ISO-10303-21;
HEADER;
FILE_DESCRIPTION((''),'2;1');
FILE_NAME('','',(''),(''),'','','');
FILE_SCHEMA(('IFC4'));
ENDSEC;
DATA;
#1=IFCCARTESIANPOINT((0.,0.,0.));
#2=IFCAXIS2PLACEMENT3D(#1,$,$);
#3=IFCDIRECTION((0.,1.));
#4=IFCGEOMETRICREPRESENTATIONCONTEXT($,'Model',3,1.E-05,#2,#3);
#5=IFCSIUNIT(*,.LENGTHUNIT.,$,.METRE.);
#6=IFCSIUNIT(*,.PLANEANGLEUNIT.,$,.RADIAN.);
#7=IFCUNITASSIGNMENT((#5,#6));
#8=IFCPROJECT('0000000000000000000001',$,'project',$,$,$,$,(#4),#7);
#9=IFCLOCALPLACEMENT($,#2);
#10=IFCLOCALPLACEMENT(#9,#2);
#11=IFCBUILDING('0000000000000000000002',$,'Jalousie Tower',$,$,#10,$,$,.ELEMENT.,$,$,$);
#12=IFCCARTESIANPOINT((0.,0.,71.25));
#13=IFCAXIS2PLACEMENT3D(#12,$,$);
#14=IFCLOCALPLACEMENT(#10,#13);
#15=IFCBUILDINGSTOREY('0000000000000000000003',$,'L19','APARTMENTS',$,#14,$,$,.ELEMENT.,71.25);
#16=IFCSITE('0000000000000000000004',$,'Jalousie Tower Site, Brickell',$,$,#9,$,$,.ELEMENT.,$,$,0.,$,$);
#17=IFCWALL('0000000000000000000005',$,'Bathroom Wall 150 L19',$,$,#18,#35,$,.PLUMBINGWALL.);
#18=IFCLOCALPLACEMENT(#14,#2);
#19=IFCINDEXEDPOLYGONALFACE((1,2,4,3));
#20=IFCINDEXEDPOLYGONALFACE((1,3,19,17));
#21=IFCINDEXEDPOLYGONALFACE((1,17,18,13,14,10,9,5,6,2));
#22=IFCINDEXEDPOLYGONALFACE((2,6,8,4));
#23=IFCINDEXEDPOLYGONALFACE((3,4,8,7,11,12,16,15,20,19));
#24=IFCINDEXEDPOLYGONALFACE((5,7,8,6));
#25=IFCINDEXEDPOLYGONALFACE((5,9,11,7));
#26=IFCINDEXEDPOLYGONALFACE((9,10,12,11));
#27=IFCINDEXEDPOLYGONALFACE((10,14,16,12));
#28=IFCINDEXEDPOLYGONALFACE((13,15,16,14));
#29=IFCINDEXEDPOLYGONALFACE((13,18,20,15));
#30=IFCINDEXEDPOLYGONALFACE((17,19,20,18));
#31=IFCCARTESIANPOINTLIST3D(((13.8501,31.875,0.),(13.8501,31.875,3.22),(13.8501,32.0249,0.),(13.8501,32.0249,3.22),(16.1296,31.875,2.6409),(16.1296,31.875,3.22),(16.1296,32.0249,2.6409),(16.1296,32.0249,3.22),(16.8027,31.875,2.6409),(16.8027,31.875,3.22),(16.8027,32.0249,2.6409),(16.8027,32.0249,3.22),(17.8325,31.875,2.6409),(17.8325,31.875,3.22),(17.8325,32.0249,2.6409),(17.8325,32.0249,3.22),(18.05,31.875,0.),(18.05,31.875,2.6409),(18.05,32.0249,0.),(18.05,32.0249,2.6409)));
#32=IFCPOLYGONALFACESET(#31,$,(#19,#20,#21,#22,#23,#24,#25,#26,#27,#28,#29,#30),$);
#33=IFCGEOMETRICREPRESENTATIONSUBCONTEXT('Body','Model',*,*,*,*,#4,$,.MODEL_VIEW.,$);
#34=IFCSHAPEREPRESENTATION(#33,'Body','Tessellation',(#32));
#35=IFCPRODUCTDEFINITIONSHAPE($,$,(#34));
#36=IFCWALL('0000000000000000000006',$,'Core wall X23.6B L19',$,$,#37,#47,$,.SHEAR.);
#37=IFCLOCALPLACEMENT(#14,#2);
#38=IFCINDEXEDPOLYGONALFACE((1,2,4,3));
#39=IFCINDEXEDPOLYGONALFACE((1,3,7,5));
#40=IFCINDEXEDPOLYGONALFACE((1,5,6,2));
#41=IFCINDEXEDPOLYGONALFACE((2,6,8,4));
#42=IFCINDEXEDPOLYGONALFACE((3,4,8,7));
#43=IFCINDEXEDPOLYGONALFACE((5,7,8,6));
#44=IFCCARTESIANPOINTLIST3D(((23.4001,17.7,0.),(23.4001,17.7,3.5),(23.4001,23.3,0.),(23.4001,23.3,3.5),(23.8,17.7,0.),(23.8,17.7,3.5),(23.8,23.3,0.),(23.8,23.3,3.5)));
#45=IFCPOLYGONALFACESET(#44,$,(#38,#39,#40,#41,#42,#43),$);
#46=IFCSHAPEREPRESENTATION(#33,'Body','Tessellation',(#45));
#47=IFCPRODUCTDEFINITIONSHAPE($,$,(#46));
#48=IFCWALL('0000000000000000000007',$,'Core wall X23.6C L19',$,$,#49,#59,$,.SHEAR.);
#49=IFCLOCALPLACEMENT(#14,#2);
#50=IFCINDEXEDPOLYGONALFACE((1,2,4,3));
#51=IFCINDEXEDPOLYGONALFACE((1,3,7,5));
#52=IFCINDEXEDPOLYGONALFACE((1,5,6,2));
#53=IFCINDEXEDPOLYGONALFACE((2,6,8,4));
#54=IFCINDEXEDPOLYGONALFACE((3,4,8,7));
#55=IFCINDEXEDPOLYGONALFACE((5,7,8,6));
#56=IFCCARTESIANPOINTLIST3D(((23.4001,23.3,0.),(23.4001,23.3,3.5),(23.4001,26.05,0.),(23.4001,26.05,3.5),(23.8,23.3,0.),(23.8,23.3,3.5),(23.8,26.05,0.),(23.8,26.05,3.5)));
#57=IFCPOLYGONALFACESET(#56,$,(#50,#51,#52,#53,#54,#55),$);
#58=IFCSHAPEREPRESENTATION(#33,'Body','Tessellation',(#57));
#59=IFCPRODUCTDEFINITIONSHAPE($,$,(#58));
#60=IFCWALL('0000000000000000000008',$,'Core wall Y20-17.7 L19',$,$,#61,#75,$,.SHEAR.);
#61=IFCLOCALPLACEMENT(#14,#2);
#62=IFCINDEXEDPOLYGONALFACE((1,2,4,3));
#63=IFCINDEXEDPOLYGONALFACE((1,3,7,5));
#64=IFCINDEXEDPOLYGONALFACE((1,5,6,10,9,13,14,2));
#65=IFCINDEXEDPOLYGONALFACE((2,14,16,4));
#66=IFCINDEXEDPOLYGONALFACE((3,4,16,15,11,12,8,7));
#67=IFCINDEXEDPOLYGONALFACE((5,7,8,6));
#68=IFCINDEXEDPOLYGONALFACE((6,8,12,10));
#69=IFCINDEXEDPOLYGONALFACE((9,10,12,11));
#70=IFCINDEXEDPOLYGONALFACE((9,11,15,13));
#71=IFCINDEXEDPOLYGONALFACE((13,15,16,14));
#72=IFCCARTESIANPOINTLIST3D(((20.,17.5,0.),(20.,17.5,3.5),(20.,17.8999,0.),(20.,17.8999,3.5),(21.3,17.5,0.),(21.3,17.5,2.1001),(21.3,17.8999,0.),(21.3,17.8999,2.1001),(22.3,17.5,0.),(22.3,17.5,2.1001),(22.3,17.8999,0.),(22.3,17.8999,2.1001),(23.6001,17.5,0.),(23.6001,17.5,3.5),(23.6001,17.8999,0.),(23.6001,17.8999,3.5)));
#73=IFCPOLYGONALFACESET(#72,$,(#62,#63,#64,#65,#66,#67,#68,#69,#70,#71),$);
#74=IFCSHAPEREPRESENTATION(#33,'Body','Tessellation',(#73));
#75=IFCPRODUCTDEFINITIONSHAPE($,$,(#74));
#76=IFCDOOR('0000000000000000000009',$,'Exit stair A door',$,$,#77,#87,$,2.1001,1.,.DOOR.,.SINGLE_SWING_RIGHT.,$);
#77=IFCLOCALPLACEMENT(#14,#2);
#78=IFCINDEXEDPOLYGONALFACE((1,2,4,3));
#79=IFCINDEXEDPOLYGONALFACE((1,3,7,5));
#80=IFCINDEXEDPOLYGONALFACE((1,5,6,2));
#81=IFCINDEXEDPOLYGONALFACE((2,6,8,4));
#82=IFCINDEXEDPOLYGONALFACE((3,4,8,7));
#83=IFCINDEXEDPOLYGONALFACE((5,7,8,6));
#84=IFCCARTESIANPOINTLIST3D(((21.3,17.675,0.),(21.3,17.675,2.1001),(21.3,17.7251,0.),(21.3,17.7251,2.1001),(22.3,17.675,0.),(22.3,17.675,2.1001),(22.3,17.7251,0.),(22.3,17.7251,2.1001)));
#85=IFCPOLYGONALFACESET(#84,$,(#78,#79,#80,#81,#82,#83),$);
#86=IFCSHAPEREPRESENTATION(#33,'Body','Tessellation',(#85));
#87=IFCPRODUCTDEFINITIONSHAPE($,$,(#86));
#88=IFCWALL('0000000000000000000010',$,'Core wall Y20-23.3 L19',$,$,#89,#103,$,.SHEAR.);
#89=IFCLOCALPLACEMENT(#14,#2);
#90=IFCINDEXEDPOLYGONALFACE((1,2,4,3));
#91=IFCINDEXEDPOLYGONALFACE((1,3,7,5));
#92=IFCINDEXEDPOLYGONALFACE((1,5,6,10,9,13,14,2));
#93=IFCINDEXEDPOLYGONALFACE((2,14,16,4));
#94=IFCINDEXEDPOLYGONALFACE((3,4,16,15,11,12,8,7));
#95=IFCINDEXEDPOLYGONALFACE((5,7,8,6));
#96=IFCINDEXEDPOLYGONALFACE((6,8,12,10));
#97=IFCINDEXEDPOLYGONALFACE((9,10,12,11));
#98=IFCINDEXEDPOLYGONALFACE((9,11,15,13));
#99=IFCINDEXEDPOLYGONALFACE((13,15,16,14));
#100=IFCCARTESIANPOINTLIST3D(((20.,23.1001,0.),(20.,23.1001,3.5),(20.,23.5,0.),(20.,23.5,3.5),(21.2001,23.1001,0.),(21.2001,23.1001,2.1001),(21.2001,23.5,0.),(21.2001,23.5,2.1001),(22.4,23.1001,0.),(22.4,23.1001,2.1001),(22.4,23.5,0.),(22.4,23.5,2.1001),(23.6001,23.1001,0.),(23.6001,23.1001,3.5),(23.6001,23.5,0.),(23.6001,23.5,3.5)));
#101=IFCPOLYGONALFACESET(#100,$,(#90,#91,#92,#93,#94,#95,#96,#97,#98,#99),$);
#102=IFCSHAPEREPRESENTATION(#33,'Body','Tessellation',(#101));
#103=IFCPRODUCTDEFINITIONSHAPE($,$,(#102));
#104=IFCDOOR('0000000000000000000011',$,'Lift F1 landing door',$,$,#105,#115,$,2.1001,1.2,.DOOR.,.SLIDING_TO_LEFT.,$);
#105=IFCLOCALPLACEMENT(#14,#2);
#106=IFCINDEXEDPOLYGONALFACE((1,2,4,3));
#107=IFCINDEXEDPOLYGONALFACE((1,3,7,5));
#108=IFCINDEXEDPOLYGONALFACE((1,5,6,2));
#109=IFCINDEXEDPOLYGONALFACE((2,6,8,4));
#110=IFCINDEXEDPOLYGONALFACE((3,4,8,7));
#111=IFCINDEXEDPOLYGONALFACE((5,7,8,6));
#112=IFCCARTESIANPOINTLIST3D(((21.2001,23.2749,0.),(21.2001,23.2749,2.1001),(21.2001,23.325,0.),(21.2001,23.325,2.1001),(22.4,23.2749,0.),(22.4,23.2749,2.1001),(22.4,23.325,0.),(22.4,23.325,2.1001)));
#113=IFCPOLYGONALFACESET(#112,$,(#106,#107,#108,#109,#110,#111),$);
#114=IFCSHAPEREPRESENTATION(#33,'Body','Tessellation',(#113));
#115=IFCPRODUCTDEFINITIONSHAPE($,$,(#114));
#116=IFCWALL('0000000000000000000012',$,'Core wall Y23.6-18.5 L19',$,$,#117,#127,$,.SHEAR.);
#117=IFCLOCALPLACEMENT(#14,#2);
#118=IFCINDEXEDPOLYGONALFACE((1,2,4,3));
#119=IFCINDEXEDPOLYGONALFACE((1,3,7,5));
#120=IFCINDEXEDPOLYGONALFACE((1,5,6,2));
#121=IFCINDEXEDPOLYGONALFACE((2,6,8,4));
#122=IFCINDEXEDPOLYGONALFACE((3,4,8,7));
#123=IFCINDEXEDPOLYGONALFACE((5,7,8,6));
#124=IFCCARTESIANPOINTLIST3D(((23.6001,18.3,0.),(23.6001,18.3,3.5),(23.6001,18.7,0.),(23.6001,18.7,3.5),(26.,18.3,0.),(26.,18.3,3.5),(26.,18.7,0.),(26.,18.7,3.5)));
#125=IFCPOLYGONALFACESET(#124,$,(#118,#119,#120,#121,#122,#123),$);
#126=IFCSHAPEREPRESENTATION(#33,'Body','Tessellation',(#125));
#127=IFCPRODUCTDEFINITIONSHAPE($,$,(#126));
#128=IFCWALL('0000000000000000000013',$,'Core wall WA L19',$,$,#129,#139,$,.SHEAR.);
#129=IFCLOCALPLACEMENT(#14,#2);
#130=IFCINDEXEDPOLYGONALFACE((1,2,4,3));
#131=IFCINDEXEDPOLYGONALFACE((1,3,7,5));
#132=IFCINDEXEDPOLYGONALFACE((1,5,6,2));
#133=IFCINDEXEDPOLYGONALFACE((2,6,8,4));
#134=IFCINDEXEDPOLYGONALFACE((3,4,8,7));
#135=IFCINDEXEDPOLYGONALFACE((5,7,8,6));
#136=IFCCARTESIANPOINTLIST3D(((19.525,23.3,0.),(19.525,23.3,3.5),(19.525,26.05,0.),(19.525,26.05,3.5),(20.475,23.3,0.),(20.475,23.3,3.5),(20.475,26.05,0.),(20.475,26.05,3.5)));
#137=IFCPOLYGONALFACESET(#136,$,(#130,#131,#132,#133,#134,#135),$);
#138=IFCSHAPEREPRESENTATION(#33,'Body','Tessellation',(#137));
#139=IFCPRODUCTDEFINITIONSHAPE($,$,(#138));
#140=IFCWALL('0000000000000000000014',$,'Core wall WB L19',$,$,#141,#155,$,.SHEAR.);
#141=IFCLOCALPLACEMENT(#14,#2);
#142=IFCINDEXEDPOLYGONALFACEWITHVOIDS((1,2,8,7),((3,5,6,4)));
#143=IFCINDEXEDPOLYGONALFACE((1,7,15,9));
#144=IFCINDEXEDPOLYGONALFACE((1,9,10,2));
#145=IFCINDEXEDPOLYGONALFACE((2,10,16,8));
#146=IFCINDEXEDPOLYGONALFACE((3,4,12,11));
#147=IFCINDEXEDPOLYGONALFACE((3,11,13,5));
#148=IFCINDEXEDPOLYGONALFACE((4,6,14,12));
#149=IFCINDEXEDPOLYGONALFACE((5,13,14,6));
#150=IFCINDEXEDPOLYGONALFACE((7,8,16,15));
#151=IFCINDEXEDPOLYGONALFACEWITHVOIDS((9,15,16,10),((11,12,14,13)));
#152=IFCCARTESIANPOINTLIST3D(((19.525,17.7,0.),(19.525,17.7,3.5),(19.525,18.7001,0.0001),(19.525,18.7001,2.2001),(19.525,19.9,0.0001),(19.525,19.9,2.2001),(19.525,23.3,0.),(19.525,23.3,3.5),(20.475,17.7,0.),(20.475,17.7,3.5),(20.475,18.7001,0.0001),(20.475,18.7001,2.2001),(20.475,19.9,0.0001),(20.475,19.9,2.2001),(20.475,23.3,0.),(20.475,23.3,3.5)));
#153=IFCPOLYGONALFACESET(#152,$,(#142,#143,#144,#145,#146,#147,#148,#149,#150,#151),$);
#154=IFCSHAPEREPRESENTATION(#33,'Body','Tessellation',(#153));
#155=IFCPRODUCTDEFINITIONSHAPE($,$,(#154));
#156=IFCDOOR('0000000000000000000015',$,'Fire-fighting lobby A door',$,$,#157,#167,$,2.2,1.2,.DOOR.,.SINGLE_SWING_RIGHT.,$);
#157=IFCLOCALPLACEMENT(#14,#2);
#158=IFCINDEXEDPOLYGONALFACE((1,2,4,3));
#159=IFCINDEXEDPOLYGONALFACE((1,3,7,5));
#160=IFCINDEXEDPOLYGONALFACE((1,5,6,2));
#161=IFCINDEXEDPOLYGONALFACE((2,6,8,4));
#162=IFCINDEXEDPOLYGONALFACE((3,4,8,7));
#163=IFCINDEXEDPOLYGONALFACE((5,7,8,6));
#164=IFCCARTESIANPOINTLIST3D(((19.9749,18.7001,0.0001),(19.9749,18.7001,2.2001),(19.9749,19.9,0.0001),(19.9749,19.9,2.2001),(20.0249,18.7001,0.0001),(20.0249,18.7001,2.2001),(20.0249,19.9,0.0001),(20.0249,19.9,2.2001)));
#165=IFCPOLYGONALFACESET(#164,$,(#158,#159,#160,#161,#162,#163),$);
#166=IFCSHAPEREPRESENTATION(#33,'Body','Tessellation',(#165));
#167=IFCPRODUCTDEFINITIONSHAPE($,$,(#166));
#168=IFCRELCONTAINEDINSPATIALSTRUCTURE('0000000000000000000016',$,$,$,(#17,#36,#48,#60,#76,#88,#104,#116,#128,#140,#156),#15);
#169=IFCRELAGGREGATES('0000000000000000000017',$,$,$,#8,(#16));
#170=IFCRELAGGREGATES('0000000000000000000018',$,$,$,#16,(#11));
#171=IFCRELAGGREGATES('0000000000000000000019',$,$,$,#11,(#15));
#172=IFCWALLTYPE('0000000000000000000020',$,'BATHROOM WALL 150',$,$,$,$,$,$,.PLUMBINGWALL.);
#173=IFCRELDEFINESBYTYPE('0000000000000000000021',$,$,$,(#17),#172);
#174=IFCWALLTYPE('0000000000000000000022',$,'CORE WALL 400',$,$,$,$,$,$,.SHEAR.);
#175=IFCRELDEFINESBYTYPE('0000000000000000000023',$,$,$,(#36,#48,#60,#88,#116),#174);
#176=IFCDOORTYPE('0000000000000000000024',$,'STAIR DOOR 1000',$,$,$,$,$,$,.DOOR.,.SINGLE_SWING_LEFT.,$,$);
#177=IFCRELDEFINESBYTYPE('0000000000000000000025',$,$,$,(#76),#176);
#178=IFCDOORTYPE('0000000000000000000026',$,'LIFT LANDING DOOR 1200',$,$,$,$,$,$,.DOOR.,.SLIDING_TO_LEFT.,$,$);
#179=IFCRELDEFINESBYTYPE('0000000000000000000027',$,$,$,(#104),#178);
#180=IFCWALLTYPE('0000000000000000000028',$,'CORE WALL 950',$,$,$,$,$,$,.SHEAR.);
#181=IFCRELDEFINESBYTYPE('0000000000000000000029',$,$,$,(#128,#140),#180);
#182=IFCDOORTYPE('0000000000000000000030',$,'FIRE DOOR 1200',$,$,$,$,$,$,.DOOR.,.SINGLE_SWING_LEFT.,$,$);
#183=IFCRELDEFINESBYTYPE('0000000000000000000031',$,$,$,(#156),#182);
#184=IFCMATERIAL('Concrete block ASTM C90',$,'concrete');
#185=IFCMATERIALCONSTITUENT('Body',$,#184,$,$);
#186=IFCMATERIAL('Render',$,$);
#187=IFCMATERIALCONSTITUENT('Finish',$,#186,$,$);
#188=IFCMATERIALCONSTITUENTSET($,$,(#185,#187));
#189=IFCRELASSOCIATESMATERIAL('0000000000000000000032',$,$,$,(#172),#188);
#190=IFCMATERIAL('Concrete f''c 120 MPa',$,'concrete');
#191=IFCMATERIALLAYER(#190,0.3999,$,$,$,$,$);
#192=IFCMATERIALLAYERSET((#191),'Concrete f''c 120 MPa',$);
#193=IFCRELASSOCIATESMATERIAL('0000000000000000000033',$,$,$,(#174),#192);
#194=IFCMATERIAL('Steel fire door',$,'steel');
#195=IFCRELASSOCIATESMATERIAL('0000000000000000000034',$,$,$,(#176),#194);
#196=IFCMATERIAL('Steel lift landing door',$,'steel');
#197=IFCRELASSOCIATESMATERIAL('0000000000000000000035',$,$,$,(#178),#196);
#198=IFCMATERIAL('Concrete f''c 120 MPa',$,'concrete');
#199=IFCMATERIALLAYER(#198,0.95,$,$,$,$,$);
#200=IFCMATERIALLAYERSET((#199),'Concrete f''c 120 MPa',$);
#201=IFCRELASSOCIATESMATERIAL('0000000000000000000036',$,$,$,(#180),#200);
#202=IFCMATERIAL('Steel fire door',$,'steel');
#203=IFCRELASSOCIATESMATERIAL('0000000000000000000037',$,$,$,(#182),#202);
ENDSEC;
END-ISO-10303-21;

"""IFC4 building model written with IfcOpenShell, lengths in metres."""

from ifc_helpers import new_model, si_unit, direction, frame, frame_2d, origin, place, context, subcontext, project, spatial, polyline, rectangle, outline, extrude, material, layer, layer_set, constituent, constituent_set, type_object, element, fill, save


model = new_model("IFC4")

# Units and contexts
model_context = context("Model", 3, precision=1e-05, world=origin(), true_north=direction((0.0, 1.0)))
body_context = subcontext(model_context, "Body", "Model", "MODEL_VIEW")
ifc_project = project(units=[si_unit("LENGTHUNIT", "METRE"), si_unit("PLANEANGLEUNIT", "RADIAN")], contexts=[model_context])

# Site, building, storey
site_placement = place(None, origin())
site = spatial("IfcSite", under=ifc_project, at=site_placement, Name="Jalousie Tower Site, Brickell", CompositionType="ELEMENT", RefElevation=0.0)
building_placement = place(site_placement, origin())
building = spatial("IfcBuilding", under=site, at=building_placement, Name="Jalousie Tower", CompositionType="ELEMENT")
storey_placement = place(building_placement, frame((0.0, 0.0, 71.25)))
storey = spatial("IfcBuildingStorey", under=building, at=storey_placement, Name="L19", Description="APARTMENTS", CompositionType="ELEMENT", Elevation=71.25)

# Walls
ifc_material_1 = material(Name="Concrete block ASTM C90", Category="concrete")
ifc_constituent_1 = constituent(ifc_material_1, Name="Body")
ifc_material_2 = material(Name="Render")
ifc_constituent_2 = constituent(ifc_material_2, Name="Finish")
ifc_constituent_set_1 = constituent_set(constituents=[ifc_constituent_1, ifc_constituent_2])
wall_type_1 = type_object("IfcWallType", Name="BATHROOM WALL 150", PredefinedType="PLUMBINGWALL", material=ifc_constituent_set_1)
wall_1_placement = place(storey_placement, frame((13.8501, 31.95, 0.0), z_axis=(0.0, 0.0, 1.0), x_axis=(1.0, 0.0, 0.0)))
element("IfcWall", 1, at=wall_1_placement, inside=storey, type_object=wall_type_1, Name="Bathroom Wall 150 L19", PredefinedType="PLUMBINGWALL", context=body_context, shape_type="SweptSolid", body=[
    extrude(outline(polyline([(0.0, 0.0), (4.2, 0.0), (4.2, 2.6409), (3.9824, 2.6409), (3.9824, 3.22), (2.9526, 3.22), (2.9526, 2.6409), (2.2795, 2.6409), (2.2795, 3.22), (0.0, 3.22), (0.0, 0.0)])), frame((0.0, 0.075, 0.0), z_axis=(0.0, -1.0, 0.0), x_axis=(1.0, 0.0, 0.0)), (0.0, 0.0, 1.0), 0.1499),
])
ifc_material_3 = material(Name="Concrete f'c 120 MPa", Category="concrete")
ifc_layer_1 = layer(ifc_material_3, 0.3999)
ifc_layer_set_1 = layer_set([ifc_layer_1], Name="Concrete f'c 120 MPa")
wall_type_2 = type_object("IfcWallType", Name="CORE WALL 400", PredefinedType="SHEAR", material=ifc_layer_set_1)
wall_2_placement = place(storey_placement, frame((23.6001, 17.7, 0.0), z_axis=(0.0, 0.0, 1.0), x_axis=(0.0, 1.0, 0.0)))
element("IfcWall", 2, at=wall_2_placement, inside=storey, type_object=wall_type_2, Name="Core wall X23.6B L19", PredefinedType="SHEAR", context=body_context, shape_type="SweptSolid", body=[
    extrude(rectangle(XDim=5.6001, YDim=0.3999, at=frame_2d((2.8, 0.0))), origin(), (0.0, 0.0, 1.0), 3.5),
])
wall_3_placement = place(storey_placement, frame((23.6001, 23.3, 0.0), z_axis=(0.0, 0.0, 1.0), x_axis=(0.0, 1.0, 0.0)))
element("IfcWall", 3, at=wall_3_placement, inside=storey, type_object=wall_type_2, Name="Core wall X23.6C L19", PredefinedType="SHEAR", context=body_context, shape_type="SweptSolid", body=[
    extrude(rectangle(XDim=2.75, YDim=0.3999, at=frame_2d((1.375, 0.0))), origin(), (0.0, 0.0, 1.0), 3.5),
])

# Walls, openings, doors
wall_4_placement = place(storey_placement, frame((20.0, 17.7, 0.0), z_axis=(0.0, 0.0, 1.0), x_axis=(1.0, 0.0, 0.0)))
wall_4 = element("IfcWall", 4, at=wall_4_placement, inside=storey, type_object=wall_type_2, Name="Core wall Y20-17.7 L19", PredefinedType="SHEAR", context=body_context, shape_type="SweptSolid", body=[
    extrude(rectangle(XDim=3.6001, YDim=0.3999, at=frame_2d((1.8, 0.0))), origin(), (0.0, 0.0, 1.0), 3.5),
])
opening_1_placement = place(wall_4_placement, frame((1.3, 0.0, 0.0)))
opening_1 = element("IfcOpeningElement", 5, at=opening_1_placement, cuts=wall_4, PredefinedType="OPENING", context=body_context, shape_type="SweptSolid", body=[
    extrude(rectangle(XDim=1.0, YDim=2.1001, at=frame_2d((0.5, 1.05))), frame((0.0, 0.21, 0.0), z_axis=(0.0, -1.0, 0.0), x_axis=(1.0, 0.0, 0.0)), (0.0, 0.0, 1.0), 0.4199),
])
ifc_material_4 = material(Name="Steel fire door", Category="steel")
door_type_1 = type_object("IfcDoorType", Name="STAIR DOOR 1000", OperationType="SINGLE_SWING_LEFT", PredefinedType="DOOR", material=ifc_material_4)
door_1_placement = place(opening_1_placement, frame((1.0, 0.0, 0.0), z_axis=(0.0, 0.0, 1.0), x_axis=(-1.0, 0.0, 0.0)))
door_1 = element("IfcDoor", 6, at=door_1_placement, inside=storey, type_object=door_type_1, Name="Exit stair A door", OperationType="SINGLE_SWING_RIGHT", OverallHeight=2.1001, OverallWidth=1.0, PredefinedType="DOOR", context=body_context, shape_type="SweptSolid", body=[
    extrude(rectangle(XDim=1.0, YDim=2.1001, at=frame_2d((0.5, 1.05))), frame((0.0, 0.0249, 0.0), z_axis=(0.0, -1.0, 0.0), x_axis=(1.0, 0.0, 0.0)), (0.0, 0.0, 1.0), 0.05),
])
fill(opening_1, door_1)
wall_5_placement = place(storey_placement, frame((20.0, 23.3, 0.0), z_axis=(0.0, 0.0, 1.0), x_axis=(1.0, 0.0, 0.0)))
wall_5 = element("IfcWall", 7, at=wall_5_placement, inside=storey, type_object=wall_type_2, Name="Core wall Y20-23.3 L19", PredefinedType="SHEAR", context=body_context, shape_type="SweptSolid", body=[
    extrude(rectangle(XDim=3.6001, YDim=0.3999, at=frame_2d((1.8, 0.0))), origin(), (0.0, 0.0, 1.0), 3.5),
])
opening_2_placement = place(wall_5_placement, frame((1.2, 0.0, 0.0)))
opening_2 = element("IfcOpeningElement", 8, at=opening_2_placement, cuts=wall_5, PredefinedType="OPENING", context=body_context, shape_type="SweptSolid", body=[
    extrude(rectangle(XDim=1.2, YDim=2.1001, at=frame_2d((0.6001, 1.05))), frame((0.0, 0.21, 0.0), z_axis=(0.0, -1.0, 0.0), x_axis=(1.0, 0.0, 0.0)), (0.0, 0.0, 1.0), 0.4199),
])
ifc_material_5 = material(Name="Steel lift landing door", Category="steel")
door_type_2 = type_object("IfcDoorType", Name="LIFT LANDING DOOR 1200", OperationType="SLIDING_TO_LEFT", PredefinedType="DOOR", material=ifc_material_5)
door_2_placement = place(opening_2_placement, origin())
door_2 = element("IfcDoor", 9, at=door_2_placement, inside=storey, type_object=door_type_2, Name="Lift F1 landing door", OperationType="SLIDING_TO_LEFT", OverallHeight=2.1001, OverallWidth=1.2, PredefinedType="DOOR", context=body_context, shape_type="SweptSolid", body=[
    extrude(rectangle(XDim=1.2, YDim=2.1001, at=frame_2d((0.6001, 1.05))), frame((0.0, 0.0249, 0.0), z_axis=(0.0, -1.0, 0.0), x_axis=(1.0, 0.0, 0.0)), (0.0, 0.0, 1.0), 0.05),
])
fill(opening_2, door_2)

# Walls
wall_6_placement = place(storey_placement, frame((23.6001, 18.5, 0.0), z_axis=(0.0, 0.0, 1.0), x_axis=(1.0, 0.0, 0.0)))
element("IfcWall", 10, at=wall_6_placement, inside=storey, type_object=wall_type_2, Name="Core wall Y23.6-18.5 L19", PredefinedType="SHEAR", context=body_context, shape_type="SweptSolid", body=[
    extrude(rectangle(XDim=2.3999, YDim=0.3999, at=frame_2d((1.2, 0.0))), origin(), (0.0, 0.0, 1.0), 3.5),
])
ifc_material_6 = material(Name="Concrete f'c 120 MPa", Category="concrete")
ifc_layer_2 = layer(ifc_material_6, 0.95)
ifc_layer_set_2 = layer_set([ifc_layer_2], Name="Concrete f'c 120 MPa")
wall_type_3 = type_object("IfcWallType", Name="CORE WALL 950", PredefinedType="SHEAR", material=ifc_layer_set_2)
wall_7_placement = place(storey_placement, frame((20.0, 26.05, 0.0), z_axis=(0.0, 0.0, 1.0), x_axis=(0.0, -1.0, 0.0)))
element("IfcWall", 11, at=wall_7_placement, inside=storey, type_object=wall_type_3, Name="Core wall WA L19", PredefinedType="SHEAR", context=body_context, shape_type="SweptSolid", body=[
    extrude(rectangle(XDim=2.75, YDim=0.95, at=frame_2d((1.375, 0.0))), origin(), (0.0, 0.0, 1.0), 3.5),
])

# Wall, opening, door
wall_8_placement = place(storey_placement, frame((20.0, 23.3, 0.0), z_axis=(0.0, 0.0, 1.0), x_axis=(0.0, -1.0, 0.0)))
wall_8 = element("IfcWall", 12, at=wall_8_placement, inside=storey, type_object=wall_type_3, Name="Core wall WB L19", PredefinedType="SHEAR", context=body_context, shape_type="SweptSolid", body=[
    extrude(rectangle(XDim=5.6001, YDim=0.95, at=frame_2d((2.8, 0.0))), origin(), (0.0, 0.0, 1.0), 3.5),
])
opening_3_placement = place(wall_8_placement, frame((3.3999, 0.0, 0.0)))
opening_3 = element("IfcOpeningElement", 13, at=opening_3_placement, cuts=wall_8, PredefinedType="OPENING", context=body_context, shape_type="SweptSolid", body=[
    extrude(rectangle(XDim=1.2, YDim=2.2, at=frame_2d((0.6001, 1.1001))), frame((0.0, 0.4849, 0.0), z_axis=(0.0, -1.0, 0.0), x_axis=(1.0, 0.0, 0.0)), (0.0, 0.0, 1.0), 0.97),
])
ifc_material_7 = material(Name="Steel fire door", Category="steel")
door_type_3 = type_object("IfcDoorType", Name="FIRE DOOR 1200", OperationType="SINGLE_SWING_LEFT", PredefinedType="DOOR", material=ifc_material_7)
door_3_placement = place(opening_3_placement, origin())
door_3 = element("IfcDoor", 14, at=door_3_placement, inside=storey, type_object=door_type_3, Name="Fire-fighting lobby A door", OperationType="SINGLE_SWING_RIGHT", OverallHeight=2.2, OverallWidth=1.2, PredefinedType="DOOR", context=body_context, shape_type="SweptSolid", body=[
    extrude(rectangle(XDim=1.2, YDim=2.2, at=frame_2d((0.6001, 1.1001))), frame((0.0, 0.0249, 0.0), z_axis=(0.0, -1.0, 0.0), x_axis=(1.0, 0.0, 0.0)), (0.0, 0.0, 1.0), 0.05),
])
fill(opening_3, door_3)

save(model, "model.ifc")
